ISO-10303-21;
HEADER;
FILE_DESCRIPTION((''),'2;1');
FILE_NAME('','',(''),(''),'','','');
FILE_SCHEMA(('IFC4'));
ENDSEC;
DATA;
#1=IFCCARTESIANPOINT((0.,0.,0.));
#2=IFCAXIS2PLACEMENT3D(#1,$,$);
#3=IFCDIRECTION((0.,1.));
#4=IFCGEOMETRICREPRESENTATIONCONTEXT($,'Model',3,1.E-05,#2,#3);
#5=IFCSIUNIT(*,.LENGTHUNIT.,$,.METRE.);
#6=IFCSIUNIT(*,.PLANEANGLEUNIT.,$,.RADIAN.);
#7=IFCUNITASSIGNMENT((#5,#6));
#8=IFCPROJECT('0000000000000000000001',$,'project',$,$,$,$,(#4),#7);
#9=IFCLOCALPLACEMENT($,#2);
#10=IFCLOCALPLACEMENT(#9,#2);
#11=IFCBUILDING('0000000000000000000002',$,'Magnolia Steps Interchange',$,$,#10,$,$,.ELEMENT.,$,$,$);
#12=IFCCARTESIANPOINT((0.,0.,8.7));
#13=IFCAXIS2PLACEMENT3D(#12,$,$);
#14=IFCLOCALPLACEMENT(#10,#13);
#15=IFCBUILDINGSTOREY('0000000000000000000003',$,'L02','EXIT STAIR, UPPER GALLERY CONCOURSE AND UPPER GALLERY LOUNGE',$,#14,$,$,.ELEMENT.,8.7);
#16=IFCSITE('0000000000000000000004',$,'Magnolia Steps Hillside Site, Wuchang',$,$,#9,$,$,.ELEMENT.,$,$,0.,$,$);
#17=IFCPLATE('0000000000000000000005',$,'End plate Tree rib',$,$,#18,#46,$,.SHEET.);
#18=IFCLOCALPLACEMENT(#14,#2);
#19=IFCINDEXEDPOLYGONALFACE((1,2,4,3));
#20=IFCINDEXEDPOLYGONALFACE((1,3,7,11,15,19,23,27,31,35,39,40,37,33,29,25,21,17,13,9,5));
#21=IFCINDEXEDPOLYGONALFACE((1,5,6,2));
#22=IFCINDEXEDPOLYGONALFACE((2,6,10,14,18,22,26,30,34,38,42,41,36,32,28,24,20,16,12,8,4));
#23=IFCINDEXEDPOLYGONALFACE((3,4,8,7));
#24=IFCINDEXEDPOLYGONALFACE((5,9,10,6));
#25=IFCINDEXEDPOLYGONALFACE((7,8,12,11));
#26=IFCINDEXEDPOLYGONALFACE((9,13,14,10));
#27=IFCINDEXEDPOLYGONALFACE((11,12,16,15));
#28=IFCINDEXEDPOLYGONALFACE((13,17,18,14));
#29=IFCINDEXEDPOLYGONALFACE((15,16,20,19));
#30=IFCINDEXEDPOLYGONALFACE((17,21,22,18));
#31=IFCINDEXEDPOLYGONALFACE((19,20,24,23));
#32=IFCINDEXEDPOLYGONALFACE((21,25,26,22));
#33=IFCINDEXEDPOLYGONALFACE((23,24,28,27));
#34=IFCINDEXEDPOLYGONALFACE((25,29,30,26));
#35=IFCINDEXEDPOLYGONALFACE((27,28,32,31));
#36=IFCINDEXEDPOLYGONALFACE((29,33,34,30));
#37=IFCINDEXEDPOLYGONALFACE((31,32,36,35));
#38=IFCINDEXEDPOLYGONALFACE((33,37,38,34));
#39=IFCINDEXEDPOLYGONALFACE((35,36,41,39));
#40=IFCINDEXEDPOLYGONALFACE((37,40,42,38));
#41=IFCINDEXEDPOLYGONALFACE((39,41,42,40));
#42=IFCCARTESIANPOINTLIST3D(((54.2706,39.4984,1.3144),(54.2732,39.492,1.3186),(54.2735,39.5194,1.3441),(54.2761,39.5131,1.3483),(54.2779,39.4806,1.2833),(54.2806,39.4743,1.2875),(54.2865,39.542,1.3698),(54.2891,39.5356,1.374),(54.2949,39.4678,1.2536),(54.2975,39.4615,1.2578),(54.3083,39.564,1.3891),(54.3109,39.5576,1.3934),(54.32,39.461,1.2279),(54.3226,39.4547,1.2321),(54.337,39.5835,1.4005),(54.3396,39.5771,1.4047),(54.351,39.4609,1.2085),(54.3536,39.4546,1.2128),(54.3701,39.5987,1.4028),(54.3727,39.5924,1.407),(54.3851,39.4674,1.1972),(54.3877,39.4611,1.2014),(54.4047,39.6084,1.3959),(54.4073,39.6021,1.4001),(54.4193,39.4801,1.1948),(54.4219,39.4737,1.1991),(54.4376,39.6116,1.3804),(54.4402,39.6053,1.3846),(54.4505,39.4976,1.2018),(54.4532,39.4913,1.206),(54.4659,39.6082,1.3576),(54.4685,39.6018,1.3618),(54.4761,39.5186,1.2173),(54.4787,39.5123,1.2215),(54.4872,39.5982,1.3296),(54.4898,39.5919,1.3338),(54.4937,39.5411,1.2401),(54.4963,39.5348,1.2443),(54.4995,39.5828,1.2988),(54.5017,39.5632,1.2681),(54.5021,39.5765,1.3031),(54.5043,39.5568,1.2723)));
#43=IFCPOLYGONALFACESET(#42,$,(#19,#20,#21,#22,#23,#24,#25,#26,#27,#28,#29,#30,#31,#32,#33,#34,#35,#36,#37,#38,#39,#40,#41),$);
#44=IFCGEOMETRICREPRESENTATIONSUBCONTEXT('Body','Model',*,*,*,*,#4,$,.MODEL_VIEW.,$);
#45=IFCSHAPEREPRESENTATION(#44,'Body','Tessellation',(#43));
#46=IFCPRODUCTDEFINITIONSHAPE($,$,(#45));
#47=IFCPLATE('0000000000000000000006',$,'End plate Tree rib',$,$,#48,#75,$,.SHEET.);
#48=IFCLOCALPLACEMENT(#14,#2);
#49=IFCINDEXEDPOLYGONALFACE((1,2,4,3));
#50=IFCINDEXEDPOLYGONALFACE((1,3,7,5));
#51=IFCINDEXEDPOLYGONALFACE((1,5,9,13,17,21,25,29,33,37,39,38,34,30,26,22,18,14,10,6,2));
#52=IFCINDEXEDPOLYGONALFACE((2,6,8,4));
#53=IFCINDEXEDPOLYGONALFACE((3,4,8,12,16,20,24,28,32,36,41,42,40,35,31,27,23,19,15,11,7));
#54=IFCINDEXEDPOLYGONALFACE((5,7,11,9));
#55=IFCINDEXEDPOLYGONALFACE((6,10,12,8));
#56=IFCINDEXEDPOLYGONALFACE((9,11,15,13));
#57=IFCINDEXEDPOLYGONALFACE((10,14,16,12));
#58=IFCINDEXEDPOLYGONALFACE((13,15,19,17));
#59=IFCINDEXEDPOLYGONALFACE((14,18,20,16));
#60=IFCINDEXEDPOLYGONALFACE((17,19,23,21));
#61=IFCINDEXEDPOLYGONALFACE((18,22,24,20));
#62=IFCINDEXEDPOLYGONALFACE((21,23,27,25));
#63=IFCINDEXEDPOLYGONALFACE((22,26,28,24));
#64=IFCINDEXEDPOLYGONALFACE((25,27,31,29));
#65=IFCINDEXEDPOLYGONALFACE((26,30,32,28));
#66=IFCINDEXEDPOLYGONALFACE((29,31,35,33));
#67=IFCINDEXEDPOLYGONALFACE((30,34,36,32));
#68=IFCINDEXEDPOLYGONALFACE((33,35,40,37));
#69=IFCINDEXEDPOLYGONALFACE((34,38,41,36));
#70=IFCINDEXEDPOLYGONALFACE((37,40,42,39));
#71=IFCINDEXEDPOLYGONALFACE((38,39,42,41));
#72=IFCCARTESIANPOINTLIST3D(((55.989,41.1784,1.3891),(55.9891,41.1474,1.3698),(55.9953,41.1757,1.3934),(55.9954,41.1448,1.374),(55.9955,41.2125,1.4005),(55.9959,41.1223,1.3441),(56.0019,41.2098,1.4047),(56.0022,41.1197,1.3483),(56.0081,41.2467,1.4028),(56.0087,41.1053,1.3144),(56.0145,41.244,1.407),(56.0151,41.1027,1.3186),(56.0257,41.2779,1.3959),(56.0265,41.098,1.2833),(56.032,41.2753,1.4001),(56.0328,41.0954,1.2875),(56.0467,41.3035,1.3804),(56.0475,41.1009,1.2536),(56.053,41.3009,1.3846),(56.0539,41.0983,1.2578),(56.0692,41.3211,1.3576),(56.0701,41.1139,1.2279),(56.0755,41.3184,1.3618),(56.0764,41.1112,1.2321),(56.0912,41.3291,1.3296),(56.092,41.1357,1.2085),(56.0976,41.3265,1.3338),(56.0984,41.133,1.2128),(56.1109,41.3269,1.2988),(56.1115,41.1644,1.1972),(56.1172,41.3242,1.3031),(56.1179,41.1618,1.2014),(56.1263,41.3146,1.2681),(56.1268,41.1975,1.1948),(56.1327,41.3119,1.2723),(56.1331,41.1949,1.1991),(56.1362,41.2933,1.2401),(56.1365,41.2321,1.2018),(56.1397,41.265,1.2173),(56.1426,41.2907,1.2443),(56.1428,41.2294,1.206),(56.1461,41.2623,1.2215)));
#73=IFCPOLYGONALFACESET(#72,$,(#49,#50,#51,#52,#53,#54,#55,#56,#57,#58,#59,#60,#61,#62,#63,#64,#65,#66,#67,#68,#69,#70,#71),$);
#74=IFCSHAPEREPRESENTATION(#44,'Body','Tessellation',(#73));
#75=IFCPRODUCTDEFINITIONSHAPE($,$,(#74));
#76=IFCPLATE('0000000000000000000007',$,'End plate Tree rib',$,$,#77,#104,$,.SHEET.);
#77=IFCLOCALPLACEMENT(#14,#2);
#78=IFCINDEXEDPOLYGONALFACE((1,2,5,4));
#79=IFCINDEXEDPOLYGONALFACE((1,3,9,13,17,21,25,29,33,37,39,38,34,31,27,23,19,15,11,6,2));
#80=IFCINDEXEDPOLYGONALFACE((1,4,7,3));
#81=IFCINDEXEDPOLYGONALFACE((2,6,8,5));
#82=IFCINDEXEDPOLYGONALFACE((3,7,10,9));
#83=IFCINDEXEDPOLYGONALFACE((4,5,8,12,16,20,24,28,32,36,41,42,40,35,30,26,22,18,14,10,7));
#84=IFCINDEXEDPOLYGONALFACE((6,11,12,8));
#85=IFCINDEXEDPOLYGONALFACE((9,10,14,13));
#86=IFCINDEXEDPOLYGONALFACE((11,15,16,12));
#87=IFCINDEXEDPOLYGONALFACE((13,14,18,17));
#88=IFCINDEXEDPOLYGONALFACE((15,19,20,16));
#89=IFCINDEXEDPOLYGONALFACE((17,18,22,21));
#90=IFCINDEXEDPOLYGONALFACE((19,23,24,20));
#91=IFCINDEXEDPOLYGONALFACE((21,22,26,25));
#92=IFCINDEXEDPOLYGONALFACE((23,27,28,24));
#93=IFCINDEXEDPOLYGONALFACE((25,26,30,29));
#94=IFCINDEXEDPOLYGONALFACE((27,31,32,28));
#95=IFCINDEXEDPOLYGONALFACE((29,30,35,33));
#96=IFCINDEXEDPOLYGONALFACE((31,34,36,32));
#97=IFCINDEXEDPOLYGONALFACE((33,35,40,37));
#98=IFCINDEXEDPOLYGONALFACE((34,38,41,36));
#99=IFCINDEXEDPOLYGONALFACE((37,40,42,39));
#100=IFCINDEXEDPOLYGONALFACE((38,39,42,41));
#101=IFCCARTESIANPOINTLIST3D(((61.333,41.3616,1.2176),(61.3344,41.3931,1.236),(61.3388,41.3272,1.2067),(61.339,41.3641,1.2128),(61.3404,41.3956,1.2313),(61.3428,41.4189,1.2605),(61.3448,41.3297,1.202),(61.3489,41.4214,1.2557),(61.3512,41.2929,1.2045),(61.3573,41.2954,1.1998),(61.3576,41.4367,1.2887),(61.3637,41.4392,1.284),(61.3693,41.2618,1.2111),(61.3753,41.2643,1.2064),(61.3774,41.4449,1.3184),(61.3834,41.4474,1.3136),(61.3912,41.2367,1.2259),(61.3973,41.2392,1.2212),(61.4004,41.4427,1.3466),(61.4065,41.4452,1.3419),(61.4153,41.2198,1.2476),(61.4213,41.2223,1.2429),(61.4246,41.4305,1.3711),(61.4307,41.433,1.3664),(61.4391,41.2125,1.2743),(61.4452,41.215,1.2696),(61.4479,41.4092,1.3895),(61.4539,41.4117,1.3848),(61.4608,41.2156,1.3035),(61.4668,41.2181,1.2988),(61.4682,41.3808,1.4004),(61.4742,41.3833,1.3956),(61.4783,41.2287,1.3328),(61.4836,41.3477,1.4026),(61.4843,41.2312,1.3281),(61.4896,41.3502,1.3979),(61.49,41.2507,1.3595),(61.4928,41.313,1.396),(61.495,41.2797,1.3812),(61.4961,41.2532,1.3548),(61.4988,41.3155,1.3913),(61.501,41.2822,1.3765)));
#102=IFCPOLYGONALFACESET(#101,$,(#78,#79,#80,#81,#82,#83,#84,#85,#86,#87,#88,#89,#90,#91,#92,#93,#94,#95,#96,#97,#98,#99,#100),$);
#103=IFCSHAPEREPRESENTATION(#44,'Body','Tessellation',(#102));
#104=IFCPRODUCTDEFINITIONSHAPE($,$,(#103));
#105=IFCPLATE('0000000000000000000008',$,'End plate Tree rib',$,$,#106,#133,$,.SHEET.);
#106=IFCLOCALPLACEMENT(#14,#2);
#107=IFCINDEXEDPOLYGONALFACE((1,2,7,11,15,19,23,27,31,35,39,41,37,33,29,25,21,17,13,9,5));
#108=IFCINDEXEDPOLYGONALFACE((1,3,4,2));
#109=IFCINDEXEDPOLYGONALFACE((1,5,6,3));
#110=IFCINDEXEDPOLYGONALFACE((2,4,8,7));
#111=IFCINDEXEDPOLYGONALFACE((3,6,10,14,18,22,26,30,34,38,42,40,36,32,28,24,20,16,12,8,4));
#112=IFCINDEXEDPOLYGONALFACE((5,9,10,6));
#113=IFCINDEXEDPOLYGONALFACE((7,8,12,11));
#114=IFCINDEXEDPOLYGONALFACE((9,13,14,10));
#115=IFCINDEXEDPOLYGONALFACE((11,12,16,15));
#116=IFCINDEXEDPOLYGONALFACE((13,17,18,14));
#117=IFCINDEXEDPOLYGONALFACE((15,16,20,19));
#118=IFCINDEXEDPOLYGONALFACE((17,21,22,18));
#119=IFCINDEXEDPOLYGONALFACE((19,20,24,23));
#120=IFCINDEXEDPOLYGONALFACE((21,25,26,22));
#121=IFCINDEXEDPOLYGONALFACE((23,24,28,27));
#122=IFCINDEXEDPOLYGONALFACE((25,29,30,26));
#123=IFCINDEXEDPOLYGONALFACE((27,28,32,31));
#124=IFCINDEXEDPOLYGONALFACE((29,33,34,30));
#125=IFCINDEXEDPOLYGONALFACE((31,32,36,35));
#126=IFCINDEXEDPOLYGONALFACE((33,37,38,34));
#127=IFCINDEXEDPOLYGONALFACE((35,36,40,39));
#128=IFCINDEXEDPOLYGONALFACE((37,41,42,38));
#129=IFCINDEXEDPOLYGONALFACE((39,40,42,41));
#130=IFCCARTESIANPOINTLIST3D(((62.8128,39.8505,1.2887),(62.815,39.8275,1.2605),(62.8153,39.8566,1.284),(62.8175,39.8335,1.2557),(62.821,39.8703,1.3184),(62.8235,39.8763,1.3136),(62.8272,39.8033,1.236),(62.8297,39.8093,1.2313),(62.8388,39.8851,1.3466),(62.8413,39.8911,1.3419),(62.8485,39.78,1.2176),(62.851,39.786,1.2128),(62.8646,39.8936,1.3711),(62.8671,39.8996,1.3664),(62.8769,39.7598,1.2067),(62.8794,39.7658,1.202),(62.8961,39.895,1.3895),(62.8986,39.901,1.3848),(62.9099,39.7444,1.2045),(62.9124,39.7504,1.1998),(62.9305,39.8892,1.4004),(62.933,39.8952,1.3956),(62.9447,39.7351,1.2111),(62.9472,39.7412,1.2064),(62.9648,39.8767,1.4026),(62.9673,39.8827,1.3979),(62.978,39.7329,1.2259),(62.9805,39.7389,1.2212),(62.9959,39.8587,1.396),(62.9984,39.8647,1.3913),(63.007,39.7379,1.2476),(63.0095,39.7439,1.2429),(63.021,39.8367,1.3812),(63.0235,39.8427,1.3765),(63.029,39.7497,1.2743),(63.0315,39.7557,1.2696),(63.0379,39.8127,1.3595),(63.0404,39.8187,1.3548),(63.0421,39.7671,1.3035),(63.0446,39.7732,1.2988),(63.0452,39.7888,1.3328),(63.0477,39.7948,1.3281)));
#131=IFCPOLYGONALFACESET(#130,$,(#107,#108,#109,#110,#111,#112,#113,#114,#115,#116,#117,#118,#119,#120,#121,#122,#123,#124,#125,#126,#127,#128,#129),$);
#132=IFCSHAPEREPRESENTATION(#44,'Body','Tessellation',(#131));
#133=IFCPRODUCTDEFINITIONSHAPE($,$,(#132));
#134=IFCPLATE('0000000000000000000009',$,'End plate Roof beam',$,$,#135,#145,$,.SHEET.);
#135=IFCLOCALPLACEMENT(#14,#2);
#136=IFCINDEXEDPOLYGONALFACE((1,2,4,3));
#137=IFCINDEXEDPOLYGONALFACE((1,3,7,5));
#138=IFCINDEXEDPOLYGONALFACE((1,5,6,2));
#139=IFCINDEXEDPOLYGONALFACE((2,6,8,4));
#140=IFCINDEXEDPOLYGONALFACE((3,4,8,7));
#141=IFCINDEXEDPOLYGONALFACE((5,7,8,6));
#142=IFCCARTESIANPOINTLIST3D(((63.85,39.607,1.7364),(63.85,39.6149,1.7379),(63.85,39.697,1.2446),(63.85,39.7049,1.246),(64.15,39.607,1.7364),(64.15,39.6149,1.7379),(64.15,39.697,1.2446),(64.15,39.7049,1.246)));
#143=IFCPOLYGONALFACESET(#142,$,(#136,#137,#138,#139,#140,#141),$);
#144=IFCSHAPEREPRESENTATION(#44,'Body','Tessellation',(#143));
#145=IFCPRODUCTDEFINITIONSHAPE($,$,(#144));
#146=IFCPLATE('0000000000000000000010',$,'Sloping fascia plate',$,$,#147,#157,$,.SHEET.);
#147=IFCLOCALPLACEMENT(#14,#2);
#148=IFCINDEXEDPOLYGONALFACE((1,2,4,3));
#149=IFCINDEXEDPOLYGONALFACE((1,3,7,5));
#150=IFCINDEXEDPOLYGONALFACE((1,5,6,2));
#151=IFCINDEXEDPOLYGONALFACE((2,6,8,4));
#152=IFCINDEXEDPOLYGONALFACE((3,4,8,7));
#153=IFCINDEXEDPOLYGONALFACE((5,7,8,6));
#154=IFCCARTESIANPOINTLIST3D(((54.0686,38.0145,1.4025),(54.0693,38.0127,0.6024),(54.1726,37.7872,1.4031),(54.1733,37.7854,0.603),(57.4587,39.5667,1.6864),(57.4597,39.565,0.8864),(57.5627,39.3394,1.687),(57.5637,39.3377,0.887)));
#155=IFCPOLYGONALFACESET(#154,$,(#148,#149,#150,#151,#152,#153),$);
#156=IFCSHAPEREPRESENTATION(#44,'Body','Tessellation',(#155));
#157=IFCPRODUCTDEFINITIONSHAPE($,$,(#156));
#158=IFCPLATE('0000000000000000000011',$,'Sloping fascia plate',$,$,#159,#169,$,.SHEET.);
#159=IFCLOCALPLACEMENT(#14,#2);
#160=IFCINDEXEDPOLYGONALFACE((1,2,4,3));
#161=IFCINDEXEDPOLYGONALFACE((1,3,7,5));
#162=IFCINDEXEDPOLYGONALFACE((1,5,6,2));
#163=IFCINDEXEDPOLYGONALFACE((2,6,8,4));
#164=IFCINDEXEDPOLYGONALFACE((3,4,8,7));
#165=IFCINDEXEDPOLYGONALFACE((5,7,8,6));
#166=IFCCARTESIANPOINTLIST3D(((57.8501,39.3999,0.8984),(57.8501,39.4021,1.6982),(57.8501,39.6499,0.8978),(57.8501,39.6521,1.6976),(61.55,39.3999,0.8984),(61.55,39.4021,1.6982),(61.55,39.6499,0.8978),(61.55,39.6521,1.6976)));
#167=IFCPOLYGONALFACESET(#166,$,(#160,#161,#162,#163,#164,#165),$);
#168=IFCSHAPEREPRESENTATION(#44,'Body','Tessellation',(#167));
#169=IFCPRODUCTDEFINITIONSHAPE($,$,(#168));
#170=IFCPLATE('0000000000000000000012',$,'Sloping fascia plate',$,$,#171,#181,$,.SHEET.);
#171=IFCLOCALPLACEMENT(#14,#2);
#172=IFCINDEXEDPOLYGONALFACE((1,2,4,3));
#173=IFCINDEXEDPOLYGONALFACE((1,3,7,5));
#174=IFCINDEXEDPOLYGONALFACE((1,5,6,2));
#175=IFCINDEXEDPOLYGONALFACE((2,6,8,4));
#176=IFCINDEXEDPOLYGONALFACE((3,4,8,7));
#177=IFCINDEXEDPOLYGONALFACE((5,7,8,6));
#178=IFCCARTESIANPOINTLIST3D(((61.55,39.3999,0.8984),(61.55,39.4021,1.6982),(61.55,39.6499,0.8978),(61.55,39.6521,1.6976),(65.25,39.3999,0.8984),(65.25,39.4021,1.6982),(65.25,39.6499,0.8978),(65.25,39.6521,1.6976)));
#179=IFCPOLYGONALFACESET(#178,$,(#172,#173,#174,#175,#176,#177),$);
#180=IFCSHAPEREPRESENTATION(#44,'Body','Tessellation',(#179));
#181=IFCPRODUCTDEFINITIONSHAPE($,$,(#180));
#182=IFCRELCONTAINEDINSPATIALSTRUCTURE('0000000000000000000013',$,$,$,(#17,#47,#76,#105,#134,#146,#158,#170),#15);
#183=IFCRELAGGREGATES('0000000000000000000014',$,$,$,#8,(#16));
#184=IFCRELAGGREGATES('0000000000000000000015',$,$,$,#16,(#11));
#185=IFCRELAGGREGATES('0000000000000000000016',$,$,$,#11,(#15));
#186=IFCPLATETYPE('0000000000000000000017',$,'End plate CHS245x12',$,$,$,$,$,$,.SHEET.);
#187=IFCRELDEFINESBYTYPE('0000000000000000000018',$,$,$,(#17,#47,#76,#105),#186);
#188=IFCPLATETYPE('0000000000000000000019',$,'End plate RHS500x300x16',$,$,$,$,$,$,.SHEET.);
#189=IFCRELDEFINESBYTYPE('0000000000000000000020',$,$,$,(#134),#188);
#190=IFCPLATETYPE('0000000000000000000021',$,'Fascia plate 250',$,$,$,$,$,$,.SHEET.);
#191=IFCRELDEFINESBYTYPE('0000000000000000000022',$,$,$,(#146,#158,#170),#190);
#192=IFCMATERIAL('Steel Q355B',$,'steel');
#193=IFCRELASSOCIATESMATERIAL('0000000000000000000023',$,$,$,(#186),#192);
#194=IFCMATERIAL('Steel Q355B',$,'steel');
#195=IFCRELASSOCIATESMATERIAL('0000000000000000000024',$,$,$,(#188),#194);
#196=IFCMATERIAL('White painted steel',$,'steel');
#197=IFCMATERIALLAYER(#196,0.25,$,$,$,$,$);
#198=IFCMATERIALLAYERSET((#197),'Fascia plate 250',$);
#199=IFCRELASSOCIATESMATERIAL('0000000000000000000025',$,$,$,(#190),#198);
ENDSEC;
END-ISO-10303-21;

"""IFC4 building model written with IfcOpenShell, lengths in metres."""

from ifc_helpers import new_model, si_unit, direction, frame, origin, origin_2d, place, context, subcontext, project, spatial, polyline, rectangle, circle, outline, extrude, material, layer, layer_set, material_profile, profile_set, type_object, element, save


model = new_model("IFC4")

# Units and contexts
model_context = context("Model", 3, precision=1e-05, world=origin(), true_north=direction((0.0, 1.0)))
body_context = subcontext(model_context, "Body", "Model", "MODEL_VIEW")
ifc_project = project(units=[si_unit("LENGTHUNIT", "METRE"), si_unit("PLANEANGLEUNIT", "RADIAN")], contexts=[model_context])

# Site, building, storey
site_placement = place(None, origin())
site = spatial("IfcSite", under=ifc_project, at=site_placement, Name="Magnolia Steps Hillside Site, Wuchang", CompositionType="ELEMENT", RefElevation=0.0)
building_placement = place(site_placement, origin())
building = spatial("IfcBuilding", under=site, at=building_placement, Name="Magnolia Steps Interchange", CompositionType="ELEMENT")
storey_placement = place(building_placement, frame((0.0, 0.0, 8.7)))
storey = spatial("IfcBuildingStorey", under=building, at=storey_placement, Name="L02", Description="EXIT STAIR, UPPER GALLERY CONCOURSE AND UPPER GALLERY LOUNGE", CompositionType="ELEMENT", Elevation=8.7)

# Plates
ifc_material_1 = material(Name="Steel Q355B", Category="steel")
ifc_material_profile_1 = material_profile(ifc_material_1, circle(Radius=0.1226, at=origin_2d()), Name="End plate CHS245x12")
ifc_profile_set_1 = profile_set([ifc_material_profile_1], Name="Steel Q355B")
plate_type_1 = type_object("IfcPlateType", Name="End plate CHS245x12", PredefinedType="SHEET", material=ifc_profile_set_1)
for number, where, z_axis, x_axis, name in (
    (1, (54.3862, 39.5359, 1.2988), (0.325598, -0.786063, 0.525444), (0.92388, 0.382683, 0.0), "End plate Tree rib"),
    (2, (56.064, 41.2136, 1.2988), (0.786063, -0.325598, 0.525444), (0.382683, 0.92388, 0.0), "End plate Tree rib"),
    (3, (61.4199, 41.3313, 1.2988), (-0.748578, -0.310071, 0.586078), (0.382683, -0.92388, 0.0), "End plate Tree rib"),
    (4, (62.9314, 39.8201, 1.2988), (-0.310071, -0.748578, 0.586078), (0.92388, -0.382683, 0.0), "End plate Tree rib"),
):
    element("IfcPlate", number, at=place(storey_placement, frame(where, z_axis=z_axis, x_axis=x_axis)), inside=storey, type_object=plate_type_1, Name=name, PredefinedType="SHEET", context=body_context, shape_type="SweptSolid", body=[
        extrude(circle(Radius=0.1226, at=origin_2d()), origin(), (0.0, 0.0, 1.0), 0.0081),
    ])
ifc_material_2 = material(Name="Steel Q355B", Category="steel")
ifc_material_profile_2 = material_profile(ifc_material_2, rectangle(XDim=0.3, YDim=0.5, at=origin_2d()), Name="End plate RHS500x300x16")
ifc_profile_set_2 = profile_set([ifc_material_profile_2], Name="Steel Q355B")
plate_type_2 = type_object("IfcPlateType", Name="End plate RHS500x300x16", PredefinedType="SHEET", material=ifc_profile_set_2)
plate_1_placement = place(storey_placement, frame((64.0, 39.6599, 1.4919), z_axis=(0.0, -0.983683, -0.179911), x_axis=(1.0, 0.0, 0.0)))
element("IfcPlate", 5, at=plate_1_placement, inside=storey, type_object=plate_type_2, Name="End plate Roof beam", PredefinedType="SHEET", context=body_context, shape_type="SweptSolid", body=[
    extrude(rectangle(XDim=0.3, YDim=0.5, at=origin_2d()), origin(), (0.0, 0.0, 1.0), 0.0081),
])
ifc_material_3 = material(Name="White painted steel", Category="steel")
ifc_layer_1 = layer(ifc_material_3, 0.25)
ifc_layer_set_1 = layer_set([ifc_layer_1], Name="Fascia plate 250")
plate_type_3 = type_object("IfcPlateType", Name="Fascia plate 250", PredefinedType="SHEET", material=ifc_layer_set_1)
plate_2_placement = place(storey_placement, frame((54.1733, 37.7854, 0.603), z_axis=(0.416129, -0.909303, 0.002387), x_axis=(0.906605, 0.415093, 0.075926)))
element("IfcPlate", 6, at=plate_2_placement, inside=storey, type_object=plate_type_3, Name="Sloping fascia plate", PredefinedType="SHEET", context=body_context, shape_type="SweptSolid", body=[
    extrude(outline(polyline([(0.0, 0.0), (3.7396, 0.0), (3.8002, 0.7978), (0.0608, 0.7977), (0.0, 0.0)])), origin(), (0.0, 0.0, -1.0), 0.25),
])
for number, where, z_axis, x_axis, name in (
    (7, (57.8501, 39.3999, 0.8984), (0.0, -0.999996, 0.002747), (1.0, 0.0, 0.0), "Sloping fascia plate"),
    (8, (61.55, 39.3999, 0.8984), (0.0, -0.999996, 0.002747), (1.0, 0.0, 0.0), "Sloping fascia plate"),
):
    element("IfcPlate", number, at=place(storey_placement, frame(where, z_axis=z_axis, x_axis=x_axis)), inside=storey, type_object=plate_type_3, Name=name, PredefinedType="SHEET", context=body_context, shape_type="SweptSolid", body=[
        extrude(outline(polyline([(0.0, 0.0), (3.7, 0.0), (3.7, 0.7998), (0.0, 0.7998), (0.0, 0.0)])), origin(), (0.0, 0.0, -1.0), 0.25),
    ])

save(model, "model.ifc")
